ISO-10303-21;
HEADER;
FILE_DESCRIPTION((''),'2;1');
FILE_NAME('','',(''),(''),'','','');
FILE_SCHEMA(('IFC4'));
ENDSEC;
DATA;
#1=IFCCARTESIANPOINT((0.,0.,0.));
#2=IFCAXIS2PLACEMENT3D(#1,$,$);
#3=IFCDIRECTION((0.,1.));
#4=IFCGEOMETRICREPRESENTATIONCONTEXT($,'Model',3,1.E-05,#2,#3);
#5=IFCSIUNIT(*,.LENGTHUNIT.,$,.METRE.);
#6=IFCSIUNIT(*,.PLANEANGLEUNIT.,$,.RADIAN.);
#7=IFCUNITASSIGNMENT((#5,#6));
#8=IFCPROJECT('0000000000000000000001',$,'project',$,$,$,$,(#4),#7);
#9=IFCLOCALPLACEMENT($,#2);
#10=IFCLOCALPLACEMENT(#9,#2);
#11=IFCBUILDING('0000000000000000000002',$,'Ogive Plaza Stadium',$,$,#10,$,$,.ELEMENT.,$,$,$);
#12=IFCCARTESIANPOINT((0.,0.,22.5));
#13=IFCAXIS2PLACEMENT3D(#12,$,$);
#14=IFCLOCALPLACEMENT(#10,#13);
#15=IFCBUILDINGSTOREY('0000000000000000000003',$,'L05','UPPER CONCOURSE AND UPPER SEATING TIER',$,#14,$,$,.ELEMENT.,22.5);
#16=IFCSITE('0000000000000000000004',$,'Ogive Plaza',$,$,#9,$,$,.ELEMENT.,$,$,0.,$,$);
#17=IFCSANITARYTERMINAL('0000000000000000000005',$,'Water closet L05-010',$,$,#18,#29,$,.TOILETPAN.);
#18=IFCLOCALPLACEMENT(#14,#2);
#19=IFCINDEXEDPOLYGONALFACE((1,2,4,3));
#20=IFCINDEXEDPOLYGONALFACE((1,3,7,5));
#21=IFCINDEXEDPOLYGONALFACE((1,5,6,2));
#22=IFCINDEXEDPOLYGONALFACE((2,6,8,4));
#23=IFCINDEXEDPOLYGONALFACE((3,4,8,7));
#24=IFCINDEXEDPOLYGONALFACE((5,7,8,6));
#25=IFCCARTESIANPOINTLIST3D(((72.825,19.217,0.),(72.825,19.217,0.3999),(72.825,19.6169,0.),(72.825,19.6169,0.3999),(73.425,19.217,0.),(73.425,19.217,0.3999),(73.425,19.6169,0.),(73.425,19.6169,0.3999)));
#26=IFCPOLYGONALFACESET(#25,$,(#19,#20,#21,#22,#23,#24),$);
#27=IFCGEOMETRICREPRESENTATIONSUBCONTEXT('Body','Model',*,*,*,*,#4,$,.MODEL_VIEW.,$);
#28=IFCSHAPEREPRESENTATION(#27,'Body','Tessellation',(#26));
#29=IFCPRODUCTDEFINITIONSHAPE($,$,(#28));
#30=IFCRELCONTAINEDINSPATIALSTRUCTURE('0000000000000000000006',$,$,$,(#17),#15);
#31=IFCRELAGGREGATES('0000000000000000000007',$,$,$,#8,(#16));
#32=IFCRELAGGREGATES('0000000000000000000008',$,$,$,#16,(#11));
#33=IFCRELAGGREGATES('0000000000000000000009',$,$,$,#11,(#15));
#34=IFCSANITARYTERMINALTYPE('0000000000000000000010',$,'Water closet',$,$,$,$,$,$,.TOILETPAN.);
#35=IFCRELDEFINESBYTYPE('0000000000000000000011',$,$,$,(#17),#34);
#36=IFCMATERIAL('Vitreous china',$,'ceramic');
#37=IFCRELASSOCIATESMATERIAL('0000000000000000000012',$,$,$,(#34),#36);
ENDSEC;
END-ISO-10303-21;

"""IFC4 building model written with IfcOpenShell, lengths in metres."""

from ifc_helpers import new_model, si_unit, direction, frame, origin, origin_2d, place, context, subcontext, project, spatial, rectangle, extrude, material, type_object, element, save


model = new_model("IFC4")

# Units and contexts
model_context = context("Model", 3, precision=1e-05, world=origin(), true_north=direction((0.0, 1.0)))
body_context = subcontext(model_context, "Body", "Model", "MODEL_VIEW")
ifc_project = project(units=[si_unit("LENGTHUNIT", "METRE"), si_unit("PLANEANGLEUNIT", "RADIAN")], contexts=[model_context])

# Site, building, storey
site_placement = place(None, origin())
site = spatial("IfcSite", under=ifc_project, at=site_placement, Name="Ogive Plaza", CompositionType="ELEMENT", RefElevation=0.0)
building_placement = place(site_placement, origin())
building = spatial("IfcBuilding", under=site, at=building_placement, Name="Ogive Plaza Stadium", CompositionType="ELEMENT")
storey_placement = place(building_placement, frame((0.0, 0.0, 22.5)))
storey = spatial("IfcBuildingStorey", under=building, at=storey_placement, Name="L05", Description="UPPER CONCOURSE AND UPPER SEATING TIER", CompositionType="ELEMENT", Elevation=22.5)

# Sanitary terminal
ifc_material_1 = material(Name="Vitreous china", Category="ceramic")
sanitary_terminal_type_1 = type_object("IfcSanitaryTerminalType", Name="Water closet", PredefinedType="TOILETPAN", material=ifc_material_1)
for number, where, z_axis, x_axis, name in (
    (1, (73.125, 19.417, 0.0), (0.0, 0.0, 1.0), (0.0, 1.0, 0.0), "Water closet L05-010"),
):
    element("IfcSanitaryTerminal", number, at=place(storey_placement, frame(where, z_axis=z_axis, x_axis=x_axis)), inside=storey, type_object=sanitary_terminal_type_1, Name=name, PredefinedType="TOILETPAN", context=body_context, shape_type="SweptSolid", body=[
        extrude(rectangle(XDim=0.3999, YDim=0.6001, at=origin_2d()), origin(), (0.0, 0.0, 1.0), 0.3999),
    ])

save(model, "model.ifc")
